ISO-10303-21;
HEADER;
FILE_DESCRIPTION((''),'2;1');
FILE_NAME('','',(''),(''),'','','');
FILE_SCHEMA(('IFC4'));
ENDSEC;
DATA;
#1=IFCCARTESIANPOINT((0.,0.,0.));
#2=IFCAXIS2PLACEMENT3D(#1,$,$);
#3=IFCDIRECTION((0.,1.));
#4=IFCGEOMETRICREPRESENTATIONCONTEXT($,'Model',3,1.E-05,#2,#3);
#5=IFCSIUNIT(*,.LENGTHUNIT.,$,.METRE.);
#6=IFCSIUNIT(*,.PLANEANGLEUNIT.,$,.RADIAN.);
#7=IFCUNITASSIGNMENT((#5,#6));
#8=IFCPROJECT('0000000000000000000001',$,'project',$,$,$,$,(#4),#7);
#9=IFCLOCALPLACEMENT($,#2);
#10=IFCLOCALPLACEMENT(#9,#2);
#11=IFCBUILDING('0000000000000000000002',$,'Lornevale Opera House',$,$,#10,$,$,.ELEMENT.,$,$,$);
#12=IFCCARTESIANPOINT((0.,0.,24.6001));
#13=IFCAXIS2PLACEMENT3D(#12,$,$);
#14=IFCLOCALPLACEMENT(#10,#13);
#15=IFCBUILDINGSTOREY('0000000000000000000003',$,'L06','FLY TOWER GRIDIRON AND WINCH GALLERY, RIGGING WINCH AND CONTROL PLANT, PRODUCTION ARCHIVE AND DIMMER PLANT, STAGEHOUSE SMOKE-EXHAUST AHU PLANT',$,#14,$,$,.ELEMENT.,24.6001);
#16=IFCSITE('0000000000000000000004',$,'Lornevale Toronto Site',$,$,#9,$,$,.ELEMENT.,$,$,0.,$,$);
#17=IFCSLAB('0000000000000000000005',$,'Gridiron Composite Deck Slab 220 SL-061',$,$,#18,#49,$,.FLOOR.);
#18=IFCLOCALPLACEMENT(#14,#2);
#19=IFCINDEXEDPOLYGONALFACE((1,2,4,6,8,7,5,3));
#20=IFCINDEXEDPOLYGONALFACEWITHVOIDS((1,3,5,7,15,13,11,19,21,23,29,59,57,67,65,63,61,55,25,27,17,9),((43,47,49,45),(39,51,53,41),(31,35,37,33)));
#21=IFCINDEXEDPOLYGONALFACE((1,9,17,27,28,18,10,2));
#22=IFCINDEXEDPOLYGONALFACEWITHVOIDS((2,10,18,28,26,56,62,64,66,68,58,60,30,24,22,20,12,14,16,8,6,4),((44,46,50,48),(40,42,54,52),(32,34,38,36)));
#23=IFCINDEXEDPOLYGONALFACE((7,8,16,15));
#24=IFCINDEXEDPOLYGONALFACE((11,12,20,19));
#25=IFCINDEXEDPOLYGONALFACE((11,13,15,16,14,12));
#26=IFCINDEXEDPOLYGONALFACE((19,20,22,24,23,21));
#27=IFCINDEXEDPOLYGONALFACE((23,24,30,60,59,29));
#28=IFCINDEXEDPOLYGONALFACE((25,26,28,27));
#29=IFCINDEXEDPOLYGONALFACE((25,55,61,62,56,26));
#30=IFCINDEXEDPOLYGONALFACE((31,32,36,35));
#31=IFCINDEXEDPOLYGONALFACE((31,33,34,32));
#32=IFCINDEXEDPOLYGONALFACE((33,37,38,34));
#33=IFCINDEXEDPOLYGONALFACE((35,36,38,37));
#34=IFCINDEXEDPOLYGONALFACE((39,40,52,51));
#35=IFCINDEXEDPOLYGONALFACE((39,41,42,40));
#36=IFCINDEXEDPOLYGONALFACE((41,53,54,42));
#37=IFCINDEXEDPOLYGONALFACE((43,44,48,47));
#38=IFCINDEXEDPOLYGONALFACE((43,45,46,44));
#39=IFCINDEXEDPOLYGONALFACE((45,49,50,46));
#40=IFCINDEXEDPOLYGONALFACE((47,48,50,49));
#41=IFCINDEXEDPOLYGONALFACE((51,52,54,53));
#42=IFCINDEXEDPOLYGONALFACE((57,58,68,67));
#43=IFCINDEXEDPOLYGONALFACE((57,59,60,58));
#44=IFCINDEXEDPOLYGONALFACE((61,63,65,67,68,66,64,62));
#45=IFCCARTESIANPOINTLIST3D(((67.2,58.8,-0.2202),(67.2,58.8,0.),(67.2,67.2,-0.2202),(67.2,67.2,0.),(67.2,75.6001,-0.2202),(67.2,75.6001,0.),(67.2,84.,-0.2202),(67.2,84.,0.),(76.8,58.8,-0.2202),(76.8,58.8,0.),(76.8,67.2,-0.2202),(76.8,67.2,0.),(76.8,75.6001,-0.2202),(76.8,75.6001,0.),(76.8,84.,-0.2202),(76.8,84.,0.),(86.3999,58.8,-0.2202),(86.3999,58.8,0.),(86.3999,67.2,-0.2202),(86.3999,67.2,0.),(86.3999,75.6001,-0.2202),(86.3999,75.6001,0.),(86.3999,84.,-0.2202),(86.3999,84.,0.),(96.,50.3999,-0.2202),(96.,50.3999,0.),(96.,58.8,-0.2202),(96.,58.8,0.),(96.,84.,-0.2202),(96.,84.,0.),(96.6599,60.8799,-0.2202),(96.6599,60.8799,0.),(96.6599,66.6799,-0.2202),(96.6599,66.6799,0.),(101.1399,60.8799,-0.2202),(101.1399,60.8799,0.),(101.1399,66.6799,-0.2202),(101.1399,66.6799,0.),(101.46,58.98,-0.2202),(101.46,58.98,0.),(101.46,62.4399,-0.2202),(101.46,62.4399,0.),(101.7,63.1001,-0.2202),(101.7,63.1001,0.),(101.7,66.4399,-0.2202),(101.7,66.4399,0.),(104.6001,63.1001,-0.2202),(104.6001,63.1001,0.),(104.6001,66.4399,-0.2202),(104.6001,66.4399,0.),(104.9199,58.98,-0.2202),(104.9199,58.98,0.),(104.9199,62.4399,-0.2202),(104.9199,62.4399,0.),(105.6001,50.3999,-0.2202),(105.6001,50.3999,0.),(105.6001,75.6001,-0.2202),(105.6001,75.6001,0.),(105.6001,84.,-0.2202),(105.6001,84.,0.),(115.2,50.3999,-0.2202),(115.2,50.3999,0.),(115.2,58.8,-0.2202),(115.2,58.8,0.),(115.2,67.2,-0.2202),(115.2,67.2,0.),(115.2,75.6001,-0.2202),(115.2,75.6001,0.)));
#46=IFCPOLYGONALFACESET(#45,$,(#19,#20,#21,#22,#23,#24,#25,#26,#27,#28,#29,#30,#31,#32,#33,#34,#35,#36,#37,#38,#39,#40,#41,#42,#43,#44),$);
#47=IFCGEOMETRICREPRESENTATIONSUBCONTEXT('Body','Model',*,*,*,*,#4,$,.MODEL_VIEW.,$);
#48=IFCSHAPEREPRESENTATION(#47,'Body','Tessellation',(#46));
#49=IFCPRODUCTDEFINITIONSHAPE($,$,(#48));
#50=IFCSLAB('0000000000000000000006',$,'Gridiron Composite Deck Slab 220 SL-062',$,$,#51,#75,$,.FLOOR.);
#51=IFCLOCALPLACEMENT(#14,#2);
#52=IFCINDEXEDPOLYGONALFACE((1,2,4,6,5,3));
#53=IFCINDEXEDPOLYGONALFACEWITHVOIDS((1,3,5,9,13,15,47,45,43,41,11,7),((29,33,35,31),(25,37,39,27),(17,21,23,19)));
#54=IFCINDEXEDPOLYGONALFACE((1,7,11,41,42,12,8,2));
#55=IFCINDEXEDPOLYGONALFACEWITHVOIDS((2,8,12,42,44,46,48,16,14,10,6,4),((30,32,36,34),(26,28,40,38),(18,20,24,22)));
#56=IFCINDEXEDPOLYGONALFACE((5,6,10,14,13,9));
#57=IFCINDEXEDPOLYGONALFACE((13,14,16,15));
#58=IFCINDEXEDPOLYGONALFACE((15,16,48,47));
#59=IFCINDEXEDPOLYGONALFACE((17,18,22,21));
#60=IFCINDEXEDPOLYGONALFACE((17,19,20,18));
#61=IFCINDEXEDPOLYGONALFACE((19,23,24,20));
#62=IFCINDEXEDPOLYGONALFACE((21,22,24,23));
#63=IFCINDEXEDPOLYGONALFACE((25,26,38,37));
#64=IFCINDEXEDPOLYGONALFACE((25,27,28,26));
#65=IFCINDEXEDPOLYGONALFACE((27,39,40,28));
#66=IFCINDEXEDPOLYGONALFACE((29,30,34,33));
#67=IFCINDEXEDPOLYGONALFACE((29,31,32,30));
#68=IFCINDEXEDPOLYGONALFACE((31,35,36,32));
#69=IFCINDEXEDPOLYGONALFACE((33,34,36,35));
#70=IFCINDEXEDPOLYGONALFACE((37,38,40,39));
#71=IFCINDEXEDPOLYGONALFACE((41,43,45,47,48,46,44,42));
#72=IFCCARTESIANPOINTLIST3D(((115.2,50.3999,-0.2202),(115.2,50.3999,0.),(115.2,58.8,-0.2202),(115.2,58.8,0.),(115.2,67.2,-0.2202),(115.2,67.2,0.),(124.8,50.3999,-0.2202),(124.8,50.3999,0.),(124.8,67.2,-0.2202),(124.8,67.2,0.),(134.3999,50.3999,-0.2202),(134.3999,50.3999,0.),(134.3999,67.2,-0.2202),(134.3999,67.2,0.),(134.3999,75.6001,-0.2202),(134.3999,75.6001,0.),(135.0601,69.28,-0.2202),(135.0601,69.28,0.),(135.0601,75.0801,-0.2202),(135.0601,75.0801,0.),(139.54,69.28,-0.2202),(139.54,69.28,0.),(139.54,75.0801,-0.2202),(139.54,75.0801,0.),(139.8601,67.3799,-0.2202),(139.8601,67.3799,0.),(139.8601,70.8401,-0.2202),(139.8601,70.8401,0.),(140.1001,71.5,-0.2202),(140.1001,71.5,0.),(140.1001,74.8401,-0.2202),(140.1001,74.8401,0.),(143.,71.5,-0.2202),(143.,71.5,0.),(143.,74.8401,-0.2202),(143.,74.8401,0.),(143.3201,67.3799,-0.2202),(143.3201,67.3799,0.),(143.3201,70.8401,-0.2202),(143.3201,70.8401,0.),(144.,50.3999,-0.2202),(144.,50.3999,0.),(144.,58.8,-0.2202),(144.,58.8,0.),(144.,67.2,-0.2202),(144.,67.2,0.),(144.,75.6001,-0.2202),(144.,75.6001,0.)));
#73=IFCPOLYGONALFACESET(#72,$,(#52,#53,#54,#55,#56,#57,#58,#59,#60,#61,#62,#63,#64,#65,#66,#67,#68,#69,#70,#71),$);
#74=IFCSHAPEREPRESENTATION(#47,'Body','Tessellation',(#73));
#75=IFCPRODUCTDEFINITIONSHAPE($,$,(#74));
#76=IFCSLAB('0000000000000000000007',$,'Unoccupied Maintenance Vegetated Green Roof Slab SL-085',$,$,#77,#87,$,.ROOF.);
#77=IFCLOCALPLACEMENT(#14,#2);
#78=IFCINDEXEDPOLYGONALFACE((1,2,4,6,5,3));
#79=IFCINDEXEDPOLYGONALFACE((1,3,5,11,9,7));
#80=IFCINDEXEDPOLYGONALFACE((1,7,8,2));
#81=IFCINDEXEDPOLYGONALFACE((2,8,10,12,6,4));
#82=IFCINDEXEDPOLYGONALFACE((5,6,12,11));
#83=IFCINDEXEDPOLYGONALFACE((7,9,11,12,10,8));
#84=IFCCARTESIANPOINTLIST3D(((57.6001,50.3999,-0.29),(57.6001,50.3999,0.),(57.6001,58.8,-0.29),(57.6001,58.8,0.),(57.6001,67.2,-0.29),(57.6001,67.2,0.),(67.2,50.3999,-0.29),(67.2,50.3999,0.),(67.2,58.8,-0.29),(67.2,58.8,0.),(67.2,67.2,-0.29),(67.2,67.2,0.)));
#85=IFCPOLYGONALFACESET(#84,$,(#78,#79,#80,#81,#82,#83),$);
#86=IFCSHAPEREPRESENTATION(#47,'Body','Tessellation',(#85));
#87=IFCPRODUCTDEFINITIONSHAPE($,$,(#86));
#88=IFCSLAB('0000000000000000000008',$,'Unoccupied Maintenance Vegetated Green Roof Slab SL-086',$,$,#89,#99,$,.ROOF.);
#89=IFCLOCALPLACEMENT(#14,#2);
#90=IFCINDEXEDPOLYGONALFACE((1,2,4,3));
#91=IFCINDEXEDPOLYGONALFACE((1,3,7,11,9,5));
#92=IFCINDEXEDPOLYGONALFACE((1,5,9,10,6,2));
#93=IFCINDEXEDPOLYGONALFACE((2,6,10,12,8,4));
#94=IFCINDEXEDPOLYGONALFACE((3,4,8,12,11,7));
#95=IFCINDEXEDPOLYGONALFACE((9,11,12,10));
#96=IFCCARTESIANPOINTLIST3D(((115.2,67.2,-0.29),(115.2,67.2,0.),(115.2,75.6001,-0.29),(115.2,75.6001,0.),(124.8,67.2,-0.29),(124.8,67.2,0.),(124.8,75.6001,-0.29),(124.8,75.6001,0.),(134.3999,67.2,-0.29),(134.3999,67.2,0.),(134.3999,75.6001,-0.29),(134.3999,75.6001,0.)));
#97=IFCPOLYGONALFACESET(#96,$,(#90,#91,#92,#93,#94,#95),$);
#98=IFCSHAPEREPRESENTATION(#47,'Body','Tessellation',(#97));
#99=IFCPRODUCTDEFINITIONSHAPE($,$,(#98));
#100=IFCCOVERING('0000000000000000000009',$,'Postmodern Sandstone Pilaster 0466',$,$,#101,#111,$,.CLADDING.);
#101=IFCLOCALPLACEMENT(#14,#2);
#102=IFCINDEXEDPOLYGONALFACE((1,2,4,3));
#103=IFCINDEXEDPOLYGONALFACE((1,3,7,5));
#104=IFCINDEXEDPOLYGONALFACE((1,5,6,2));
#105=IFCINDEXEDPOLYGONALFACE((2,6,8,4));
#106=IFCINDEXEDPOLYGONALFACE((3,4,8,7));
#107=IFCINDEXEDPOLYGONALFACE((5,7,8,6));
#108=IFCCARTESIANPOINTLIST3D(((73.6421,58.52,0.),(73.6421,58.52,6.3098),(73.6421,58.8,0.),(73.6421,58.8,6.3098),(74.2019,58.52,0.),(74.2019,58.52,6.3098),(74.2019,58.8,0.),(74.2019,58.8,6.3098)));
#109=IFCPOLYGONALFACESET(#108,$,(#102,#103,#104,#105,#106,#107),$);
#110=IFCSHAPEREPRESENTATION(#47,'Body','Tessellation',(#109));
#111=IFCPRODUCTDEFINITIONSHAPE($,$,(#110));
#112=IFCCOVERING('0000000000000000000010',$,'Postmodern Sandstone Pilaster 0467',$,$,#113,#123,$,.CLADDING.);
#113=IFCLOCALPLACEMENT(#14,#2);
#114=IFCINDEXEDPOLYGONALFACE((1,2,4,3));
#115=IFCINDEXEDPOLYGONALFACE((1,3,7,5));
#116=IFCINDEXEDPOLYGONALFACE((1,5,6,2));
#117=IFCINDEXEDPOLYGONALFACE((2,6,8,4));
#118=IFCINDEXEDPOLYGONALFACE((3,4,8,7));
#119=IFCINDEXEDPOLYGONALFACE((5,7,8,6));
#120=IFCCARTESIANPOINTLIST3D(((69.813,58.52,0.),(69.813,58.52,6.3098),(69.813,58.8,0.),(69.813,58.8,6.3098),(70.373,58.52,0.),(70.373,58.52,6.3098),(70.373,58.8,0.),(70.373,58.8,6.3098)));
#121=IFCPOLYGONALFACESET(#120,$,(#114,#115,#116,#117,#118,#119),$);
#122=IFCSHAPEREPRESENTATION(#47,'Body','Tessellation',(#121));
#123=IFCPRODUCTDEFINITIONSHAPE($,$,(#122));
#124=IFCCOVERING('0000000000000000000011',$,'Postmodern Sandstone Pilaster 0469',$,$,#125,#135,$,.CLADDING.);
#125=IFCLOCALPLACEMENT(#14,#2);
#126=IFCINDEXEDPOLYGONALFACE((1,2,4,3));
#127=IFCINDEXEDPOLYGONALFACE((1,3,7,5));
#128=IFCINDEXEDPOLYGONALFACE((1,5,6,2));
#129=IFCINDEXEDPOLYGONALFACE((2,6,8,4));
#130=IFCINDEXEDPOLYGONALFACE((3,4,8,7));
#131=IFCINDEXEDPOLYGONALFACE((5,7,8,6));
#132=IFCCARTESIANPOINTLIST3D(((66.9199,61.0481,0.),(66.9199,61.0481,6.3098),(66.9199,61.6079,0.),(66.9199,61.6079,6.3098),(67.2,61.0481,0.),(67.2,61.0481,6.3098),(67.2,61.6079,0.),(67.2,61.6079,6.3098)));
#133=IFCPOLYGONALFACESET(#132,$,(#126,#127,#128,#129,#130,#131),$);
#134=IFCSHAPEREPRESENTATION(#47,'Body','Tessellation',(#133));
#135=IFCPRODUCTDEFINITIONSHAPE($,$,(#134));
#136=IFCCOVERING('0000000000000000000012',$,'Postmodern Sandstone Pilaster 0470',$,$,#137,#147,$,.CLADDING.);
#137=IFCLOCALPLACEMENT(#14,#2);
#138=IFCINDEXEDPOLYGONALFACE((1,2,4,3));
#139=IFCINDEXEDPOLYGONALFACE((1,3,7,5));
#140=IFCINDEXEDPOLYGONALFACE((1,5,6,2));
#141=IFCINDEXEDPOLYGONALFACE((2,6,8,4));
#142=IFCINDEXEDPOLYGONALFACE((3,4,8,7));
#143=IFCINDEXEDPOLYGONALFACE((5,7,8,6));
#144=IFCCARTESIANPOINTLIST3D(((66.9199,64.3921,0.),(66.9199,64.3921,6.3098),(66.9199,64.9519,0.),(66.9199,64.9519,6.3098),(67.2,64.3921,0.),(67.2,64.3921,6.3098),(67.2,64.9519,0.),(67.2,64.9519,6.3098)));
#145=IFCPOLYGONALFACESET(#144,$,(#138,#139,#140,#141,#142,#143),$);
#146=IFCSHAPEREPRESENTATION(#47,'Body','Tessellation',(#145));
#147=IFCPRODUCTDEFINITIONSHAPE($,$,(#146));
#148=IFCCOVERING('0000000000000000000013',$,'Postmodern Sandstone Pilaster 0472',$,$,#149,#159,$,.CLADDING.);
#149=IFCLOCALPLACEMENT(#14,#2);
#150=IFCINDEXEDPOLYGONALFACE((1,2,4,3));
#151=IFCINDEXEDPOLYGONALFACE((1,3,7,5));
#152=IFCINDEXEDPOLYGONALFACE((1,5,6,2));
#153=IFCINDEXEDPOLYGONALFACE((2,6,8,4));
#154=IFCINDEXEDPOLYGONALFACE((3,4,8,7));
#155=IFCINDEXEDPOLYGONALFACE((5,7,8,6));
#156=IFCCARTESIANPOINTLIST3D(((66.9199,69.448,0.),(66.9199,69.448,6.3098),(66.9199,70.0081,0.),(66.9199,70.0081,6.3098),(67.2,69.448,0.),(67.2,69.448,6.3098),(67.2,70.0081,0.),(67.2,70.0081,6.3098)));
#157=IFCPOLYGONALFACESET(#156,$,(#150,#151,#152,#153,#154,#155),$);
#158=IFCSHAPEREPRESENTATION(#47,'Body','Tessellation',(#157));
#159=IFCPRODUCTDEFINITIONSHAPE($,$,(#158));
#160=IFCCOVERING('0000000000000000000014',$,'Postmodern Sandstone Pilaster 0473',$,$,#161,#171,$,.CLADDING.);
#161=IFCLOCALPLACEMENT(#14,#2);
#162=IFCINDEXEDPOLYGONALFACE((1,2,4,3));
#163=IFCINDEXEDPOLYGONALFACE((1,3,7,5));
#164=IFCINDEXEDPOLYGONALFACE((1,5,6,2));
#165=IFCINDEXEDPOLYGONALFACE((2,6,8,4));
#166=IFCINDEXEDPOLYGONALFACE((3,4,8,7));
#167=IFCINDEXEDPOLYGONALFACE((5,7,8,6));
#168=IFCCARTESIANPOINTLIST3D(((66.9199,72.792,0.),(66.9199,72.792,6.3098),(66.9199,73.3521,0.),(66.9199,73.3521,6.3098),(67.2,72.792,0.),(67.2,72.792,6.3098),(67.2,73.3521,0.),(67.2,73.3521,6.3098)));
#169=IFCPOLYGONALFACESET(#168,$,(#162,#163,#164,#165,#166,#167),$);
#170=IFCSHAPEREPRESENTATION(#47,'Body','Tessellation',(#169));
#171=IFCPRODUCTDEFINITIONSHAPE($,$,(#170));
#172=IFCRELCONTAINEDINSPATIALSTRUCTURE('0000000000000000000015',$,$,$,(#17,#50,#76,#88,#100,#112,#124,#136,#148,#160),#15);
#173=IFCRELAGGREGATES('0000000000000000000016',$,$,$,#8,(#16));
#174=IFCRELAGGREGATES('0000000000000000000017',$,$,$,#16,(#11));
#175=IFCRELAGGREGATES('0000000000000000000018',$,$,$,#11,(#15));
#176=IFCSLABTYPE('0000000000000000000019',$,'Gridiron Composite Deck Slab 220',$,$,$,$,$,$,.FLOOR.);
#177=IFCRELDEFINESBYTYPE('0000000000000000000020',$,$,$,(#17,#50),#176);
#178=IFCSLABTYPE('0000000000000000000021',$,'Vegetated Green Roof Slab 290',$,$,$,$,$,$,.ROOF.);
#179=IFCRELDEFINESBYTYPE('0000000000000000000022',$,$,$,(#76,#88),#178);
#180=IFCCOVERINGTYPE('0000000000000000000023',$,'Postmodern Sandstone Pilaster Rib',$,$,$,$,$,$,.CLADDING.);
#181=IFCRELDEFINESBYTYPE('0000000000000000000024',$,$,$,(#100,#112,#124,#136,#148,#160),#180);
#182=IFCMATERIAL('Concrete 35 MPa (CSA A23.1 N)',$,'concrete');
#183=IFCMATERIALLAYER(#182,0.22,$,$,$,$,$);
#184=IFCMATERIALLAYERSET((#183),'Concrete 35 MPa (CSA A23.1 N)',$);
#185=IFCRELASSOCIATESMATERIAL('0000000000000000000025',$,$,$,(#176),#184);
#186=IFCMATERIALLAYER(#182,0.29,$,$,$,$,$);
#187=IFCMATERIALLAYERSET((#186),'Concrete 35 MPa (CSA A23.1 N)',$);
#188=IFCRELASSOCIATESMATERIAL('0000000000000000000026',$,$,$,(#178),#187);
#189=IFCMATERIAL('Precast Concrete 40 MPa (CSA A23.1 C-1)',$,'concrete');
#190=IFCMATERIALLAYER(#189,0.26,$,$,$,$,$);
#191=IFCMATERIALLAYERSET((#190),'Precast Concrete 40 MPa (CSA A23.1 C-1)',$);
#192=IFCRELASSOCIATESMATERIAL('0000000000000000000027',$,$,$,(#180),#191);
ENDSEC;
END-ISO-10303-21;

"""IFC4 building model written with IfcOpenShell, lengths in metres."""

from ifc_helpers import new_model, si_unit, direction, frame, origin, place, context, subcontext, project, spatial, polyline, outline, extrude, material, layer, layer_set, type_object, element, save


model = new_model("IFC4")

# Units and contexts
model_context = context("Model", 3, precision=1e-05, world=origin(), true_north=direction((0.0, 1.0)))
body_context = subcontext(model_context, "Body", "Model", "MODEL_VIEW")
ifc_project = project(units=[si_unit("LENGTHUNIT", "METRE"), si_unit("PLANEANGLEUNIT", "RADIAN")], contexts=[model_context])

# Site, building, storey
site_placement = place(None, origin())
site = spatial("IfcSite", under=ifc_project, at=site_placement, Name="Lornevale Toronto Site", CompositionType="ELEMENT", RefElevation=0.0)
building_placement = place(site_placement, origin())
building = spatial("IfcBuilding", under=site, at=building_placement, Name="Lornevale Opera House", CompositionType="ELEMENT")
storey_placement = place(building_placement, frame((0.0, 0.0, 24.6001)))
storey = spatial("IfcBuildingStorey", under=building, at=storey_placement, Name="L06", Description="FLY TOWER GRIDIRON AND WINCH GALLERY, RIGGING WINCH AND CONTROL PLANT, PRODUCTION ARCHIVE AND DIMMER PLANT, STAGEHOUSE SMOKE-EXHAUST AHU PLANT", CompositionType="ELEMENT", Elevation=24.6001)

# Slabs
ifc_material_1 = material(Name="Concrete 35 MPa (CSA A23.1 N)", Category="concrete")
ifc_layer_1 = layer(ifc_material_1, 0.22)
ifc_layer_set_1 = layer_set([ifc_layer_1], Name="Concrete 35 MPa (CSA A23.1 N)")
slab_type_1 = type_object("IfcSlabType", Name="Gridiron Composite Deck Slab 220", PredefinedType="FLOOR", material=ifc_layer_set_1)
slab_1_placement = place(storey_placement, frame((0.0, 0.0, -0.2202)))
element("IfcSlab", 1, at=slab_1_placement, inside=storey, type_object=slab_type_1, Name="Gridiron Composite Deck Slab 220 SL-061", PredefinedType="FLOOR", context=body_context, shape_type="SweptSolid", body=[
    extrude(outline(polyline([(67.2, 75.6001), (67.2, 84.0), (76.8, 84.0), (76.8, 75.6001), (76.8, 67.2), (86.3999, 67.2), (86.3999, 75.6001), (86.3999, 84.0), (96.0, 84.0), (105.6001, 84.0), (105.6001, 75.6001), (115.2, 75.6001), (115.2, 67.2), (115.2, 58.8), (115.2, 50.3999), (105.6001, 50.3999), (96.0, 50.3999), (96.0, 58.8), (86.3999, 58.8), (76.8, 58.8), (67.2, 58.8), (67.2, 67.2), (67.2, 75.6001)]), holes=[polyline([(101.46, 58.98), (104.9199, 58.98), (104.9199, 62.4399), (101.46, 62.4399), (101.46, 58.98)]), polyline([(96.6599, 60.8799), (101.1399, 60.8799), (101.1399, 66.6799), (96.6599, 66.6799), (96.6599, 60.8799)]), polyline([(101.7, 63.1001), (104.6001, 63.1001), (104.6001, 66.4399), (101.7, 66.4399), (101.7, 63.1001)])]), origin(), (0.0, 0.0, 1.0), 0.2202),
])
slab_2_placement = place(storey_placement, frame((0.0, 0.0, -0.2202)))
element("IfcSlab", 2, at=slab_2_placement, inside=storey, type_object=slab_type_1, Name="Gridiron Composite Deck Slab 220 SL-062", PredefinedType="FLOOR", context=body_context, shape_type="SweptSolid", body=[
    extrude(outline(polyline([(115.2, 58.8), (115.2, 67.2), (124.8, 67.2), (134.3999, 67.2), (134.3999, 75.6001), (144.0, 75.6001), (144.0, 67.2), (144.0, 58.8), (144.0, 50.3999), (134.3999, 50.3999), (124.8, 50.3999), (115.2, 50.3999), (115.2, 58.8)]), holes=[polyline([(139.8601, 67.3799), (143.3201, 67.3799), (143.3201, 70.8401), (139.8601, 70.8401), (139.8601, 67.3799)]), polyline([(135.0601, 69.28), (139.54, 69.28), (139.54, 75.0801), (135.0601, 75.0801), (135.0601, 69.28)]), polyline([(140.1001, 71.5), (143.0, 71.5), (143.0, 74.8401), (140.1001, 74.8401), (140.1001, 71.5)])]), origin(), (0.0, 0.0, 1.0), 0.2202),
])
ifc_layer_2 = layer(ifc_material_1, 0.29)
ifc_layer_set_2 = layer_set([ifc_layer_2], Name="Concrete 35 MPa (CSA A23.1 N)")
slab_type_2 = type_object("IfcSlabType", Name="Vegetated Green Roof Slab 290", PredefinedType="ROOF", material=ifc_layer_set_2)
slab_3_placement = place(storey_placement, frame((0.0, 0.0, -0.29)))
element("IfcSlab", 3, at=slab_3_placement, inside=storey, type_object=slab_type_2, Name="Unoccupied Maintenance Vegetated Green Roof Slab SL-085", PredefinedType="ROOF", context=body_context, shape_type="SweptSolid", body=[
    extrude(outline(polyline([(57.6001, 50.3999), (57.6001, 58.8), (57.6001, 67.2), (67.2, 67.2), (67.2, 58.8), (67.2, 50.3999), (57.6001, 50.3999)])), origin(), (0.0, 0.0, 1.0), 0.29),
])
slab_4_placement = place(storey_placement, frame((0.0, 0.0, -0.29)))
element("IfcSlab", 4, at=slab_4_placement, inside=storey, type_object=slab_type_2, Name="Unoccupied Maintenance Vegetated Green Roof Slab SL-086", PredefinedType="ROOF", context=body_context, shape_type="SweptSolid", body=[
    extrude(outline(polyline([(115.2, 75.6001), (124.8, 75.6001), (134.3999, 75.6001), (134.3999, 67.2), (124.8, 67.2), (115.2, 67.2), (115.2, 75.6001)])), origin(), (0.0, 0.0, 1.0), 0.29),
])

# Coverings
ifc_material_2 = material(Name="Precast Concrete 40 MPa (CSA A23.1 C-1)", Category="concrete")
ifc_layer_3 = layer(ifc_material_2, 0.26)
ifc_layer_set_3 = layer_set([ifc_layer_3], Name="Precast Concrete 40 MPa (CSA A23.1 C-1)")
covering_type = type_object("IfcCoveringType", Name="Postmodern Sandstone Pilaster Rib", PredefinedType="CLADDING", material=ifc_layer_set_3)
covering_1_placement = place(storey_placement, origin())
element("IfcCovering", 5, at=covering_1_placement, inside=storey, type_object=covering_type, Name="Postmodern Sandstone Pilaster 0466", PredefinedType="CLADDING", context=body_context, shape_type="SweptSolid", body=[
    extrude(outline(polyline([(74.2019, 58.8), (73.6421, 58.8), (73.6421, 58.52), (74.2019, 58.52), (74.2019, 58.8)])), origin(), (0.0, 0.0, 1.0), 6.3098),
])
covering_2_placement = place(storey_placement, origin())
element("IfcCovering", 6, at=covering_2_placement, inside=storey, type_object=covering_type, Name="Postmodern Sandstone Pilaster 0467", PredefinedType="CLADDING", context=body_context, shape_type="SweptSolid", body=[
    extrude(outline(polyline([(70.373, 58.8), (69.813, 58.8), (69.813, 58.52), (70.373, 58.52), (70.373, 58.8)])), origin(), (0.0, 0.0, 1.0), 6.3098),
])
covering_3_placement = place(storey_placement, origin())
element("IfcCovering", 7, at=covering_3_placement, inside=storey, type_object=covering_type, Name="Postmodern Sandstone Pilaster 0469", PredefinedType="CLADDING", context=body_context, shape_type="SweptSolid", body=[
    extrude(outline(polyline([(67.2, 61.0481), (67.2, 61.6079), (66.9199, 61.6079), (66.9199, 61.0481), (67.2, 61.0481)])), origin(), (0.0, 0.0, 1.0), 6.3098),
])
covering_4_placement = place(storey_placement, origin())
element("IfcCovering", 8, at=covering_4_placement, inside=storey, type_object=covering_type, Name="Postmodern Sandstone Pilaster 0470", PredefinedType="CLADDING", context=body_context, shape_type="SweptSolid", body=[
    extrude(outline(polyline([(67.2, 64.3921), (67.2, 64.9519), (66.9199, 64.9519), (66.9199, 64.3921), (67.2, 64.3921)])), origin(), (0.0, 0.0, 1.0), 6.3098),
])
covering_5_placement = place(storey_placement, origin())
element("IfcCovering", 9, at=covering_5_placement, inside=storey, type_object=covering_type, Name="Postmodern Sandstone Pilaster 0472", PredefinedType="CLADDING", context=body_context, shape_type="SweptSolid", body=[
    extrude(outline(polyline([(67.2, 69.448), (67.2, 70.0081), (66.9199, 70.0081), (66.9199, 69.448), (67.2, 69.448)])), origin(), (0.0, 0.0, 1.0), 6.3098),
])
covering_6_placement = place(storey_placement, origin())
element("IfcCovering", 10, at=covering_6_placement, inside=storey, type_object=covering_type, Name="Postmodern Sandstone Pilaster 0473", PredefinedType="CLADDING", context=body_context, shape_type="SweptSolid", body=[
    extrude(outline(polyline([(67.2, 72.792), (67.2, 73.3521), (66.9199, 73.3521), (66.9199, 72.792), (67.2, 72.792)])), origin(), (0.0, 0.0, 1.0), 6.3098),
])

save(model, "model.ifc")
